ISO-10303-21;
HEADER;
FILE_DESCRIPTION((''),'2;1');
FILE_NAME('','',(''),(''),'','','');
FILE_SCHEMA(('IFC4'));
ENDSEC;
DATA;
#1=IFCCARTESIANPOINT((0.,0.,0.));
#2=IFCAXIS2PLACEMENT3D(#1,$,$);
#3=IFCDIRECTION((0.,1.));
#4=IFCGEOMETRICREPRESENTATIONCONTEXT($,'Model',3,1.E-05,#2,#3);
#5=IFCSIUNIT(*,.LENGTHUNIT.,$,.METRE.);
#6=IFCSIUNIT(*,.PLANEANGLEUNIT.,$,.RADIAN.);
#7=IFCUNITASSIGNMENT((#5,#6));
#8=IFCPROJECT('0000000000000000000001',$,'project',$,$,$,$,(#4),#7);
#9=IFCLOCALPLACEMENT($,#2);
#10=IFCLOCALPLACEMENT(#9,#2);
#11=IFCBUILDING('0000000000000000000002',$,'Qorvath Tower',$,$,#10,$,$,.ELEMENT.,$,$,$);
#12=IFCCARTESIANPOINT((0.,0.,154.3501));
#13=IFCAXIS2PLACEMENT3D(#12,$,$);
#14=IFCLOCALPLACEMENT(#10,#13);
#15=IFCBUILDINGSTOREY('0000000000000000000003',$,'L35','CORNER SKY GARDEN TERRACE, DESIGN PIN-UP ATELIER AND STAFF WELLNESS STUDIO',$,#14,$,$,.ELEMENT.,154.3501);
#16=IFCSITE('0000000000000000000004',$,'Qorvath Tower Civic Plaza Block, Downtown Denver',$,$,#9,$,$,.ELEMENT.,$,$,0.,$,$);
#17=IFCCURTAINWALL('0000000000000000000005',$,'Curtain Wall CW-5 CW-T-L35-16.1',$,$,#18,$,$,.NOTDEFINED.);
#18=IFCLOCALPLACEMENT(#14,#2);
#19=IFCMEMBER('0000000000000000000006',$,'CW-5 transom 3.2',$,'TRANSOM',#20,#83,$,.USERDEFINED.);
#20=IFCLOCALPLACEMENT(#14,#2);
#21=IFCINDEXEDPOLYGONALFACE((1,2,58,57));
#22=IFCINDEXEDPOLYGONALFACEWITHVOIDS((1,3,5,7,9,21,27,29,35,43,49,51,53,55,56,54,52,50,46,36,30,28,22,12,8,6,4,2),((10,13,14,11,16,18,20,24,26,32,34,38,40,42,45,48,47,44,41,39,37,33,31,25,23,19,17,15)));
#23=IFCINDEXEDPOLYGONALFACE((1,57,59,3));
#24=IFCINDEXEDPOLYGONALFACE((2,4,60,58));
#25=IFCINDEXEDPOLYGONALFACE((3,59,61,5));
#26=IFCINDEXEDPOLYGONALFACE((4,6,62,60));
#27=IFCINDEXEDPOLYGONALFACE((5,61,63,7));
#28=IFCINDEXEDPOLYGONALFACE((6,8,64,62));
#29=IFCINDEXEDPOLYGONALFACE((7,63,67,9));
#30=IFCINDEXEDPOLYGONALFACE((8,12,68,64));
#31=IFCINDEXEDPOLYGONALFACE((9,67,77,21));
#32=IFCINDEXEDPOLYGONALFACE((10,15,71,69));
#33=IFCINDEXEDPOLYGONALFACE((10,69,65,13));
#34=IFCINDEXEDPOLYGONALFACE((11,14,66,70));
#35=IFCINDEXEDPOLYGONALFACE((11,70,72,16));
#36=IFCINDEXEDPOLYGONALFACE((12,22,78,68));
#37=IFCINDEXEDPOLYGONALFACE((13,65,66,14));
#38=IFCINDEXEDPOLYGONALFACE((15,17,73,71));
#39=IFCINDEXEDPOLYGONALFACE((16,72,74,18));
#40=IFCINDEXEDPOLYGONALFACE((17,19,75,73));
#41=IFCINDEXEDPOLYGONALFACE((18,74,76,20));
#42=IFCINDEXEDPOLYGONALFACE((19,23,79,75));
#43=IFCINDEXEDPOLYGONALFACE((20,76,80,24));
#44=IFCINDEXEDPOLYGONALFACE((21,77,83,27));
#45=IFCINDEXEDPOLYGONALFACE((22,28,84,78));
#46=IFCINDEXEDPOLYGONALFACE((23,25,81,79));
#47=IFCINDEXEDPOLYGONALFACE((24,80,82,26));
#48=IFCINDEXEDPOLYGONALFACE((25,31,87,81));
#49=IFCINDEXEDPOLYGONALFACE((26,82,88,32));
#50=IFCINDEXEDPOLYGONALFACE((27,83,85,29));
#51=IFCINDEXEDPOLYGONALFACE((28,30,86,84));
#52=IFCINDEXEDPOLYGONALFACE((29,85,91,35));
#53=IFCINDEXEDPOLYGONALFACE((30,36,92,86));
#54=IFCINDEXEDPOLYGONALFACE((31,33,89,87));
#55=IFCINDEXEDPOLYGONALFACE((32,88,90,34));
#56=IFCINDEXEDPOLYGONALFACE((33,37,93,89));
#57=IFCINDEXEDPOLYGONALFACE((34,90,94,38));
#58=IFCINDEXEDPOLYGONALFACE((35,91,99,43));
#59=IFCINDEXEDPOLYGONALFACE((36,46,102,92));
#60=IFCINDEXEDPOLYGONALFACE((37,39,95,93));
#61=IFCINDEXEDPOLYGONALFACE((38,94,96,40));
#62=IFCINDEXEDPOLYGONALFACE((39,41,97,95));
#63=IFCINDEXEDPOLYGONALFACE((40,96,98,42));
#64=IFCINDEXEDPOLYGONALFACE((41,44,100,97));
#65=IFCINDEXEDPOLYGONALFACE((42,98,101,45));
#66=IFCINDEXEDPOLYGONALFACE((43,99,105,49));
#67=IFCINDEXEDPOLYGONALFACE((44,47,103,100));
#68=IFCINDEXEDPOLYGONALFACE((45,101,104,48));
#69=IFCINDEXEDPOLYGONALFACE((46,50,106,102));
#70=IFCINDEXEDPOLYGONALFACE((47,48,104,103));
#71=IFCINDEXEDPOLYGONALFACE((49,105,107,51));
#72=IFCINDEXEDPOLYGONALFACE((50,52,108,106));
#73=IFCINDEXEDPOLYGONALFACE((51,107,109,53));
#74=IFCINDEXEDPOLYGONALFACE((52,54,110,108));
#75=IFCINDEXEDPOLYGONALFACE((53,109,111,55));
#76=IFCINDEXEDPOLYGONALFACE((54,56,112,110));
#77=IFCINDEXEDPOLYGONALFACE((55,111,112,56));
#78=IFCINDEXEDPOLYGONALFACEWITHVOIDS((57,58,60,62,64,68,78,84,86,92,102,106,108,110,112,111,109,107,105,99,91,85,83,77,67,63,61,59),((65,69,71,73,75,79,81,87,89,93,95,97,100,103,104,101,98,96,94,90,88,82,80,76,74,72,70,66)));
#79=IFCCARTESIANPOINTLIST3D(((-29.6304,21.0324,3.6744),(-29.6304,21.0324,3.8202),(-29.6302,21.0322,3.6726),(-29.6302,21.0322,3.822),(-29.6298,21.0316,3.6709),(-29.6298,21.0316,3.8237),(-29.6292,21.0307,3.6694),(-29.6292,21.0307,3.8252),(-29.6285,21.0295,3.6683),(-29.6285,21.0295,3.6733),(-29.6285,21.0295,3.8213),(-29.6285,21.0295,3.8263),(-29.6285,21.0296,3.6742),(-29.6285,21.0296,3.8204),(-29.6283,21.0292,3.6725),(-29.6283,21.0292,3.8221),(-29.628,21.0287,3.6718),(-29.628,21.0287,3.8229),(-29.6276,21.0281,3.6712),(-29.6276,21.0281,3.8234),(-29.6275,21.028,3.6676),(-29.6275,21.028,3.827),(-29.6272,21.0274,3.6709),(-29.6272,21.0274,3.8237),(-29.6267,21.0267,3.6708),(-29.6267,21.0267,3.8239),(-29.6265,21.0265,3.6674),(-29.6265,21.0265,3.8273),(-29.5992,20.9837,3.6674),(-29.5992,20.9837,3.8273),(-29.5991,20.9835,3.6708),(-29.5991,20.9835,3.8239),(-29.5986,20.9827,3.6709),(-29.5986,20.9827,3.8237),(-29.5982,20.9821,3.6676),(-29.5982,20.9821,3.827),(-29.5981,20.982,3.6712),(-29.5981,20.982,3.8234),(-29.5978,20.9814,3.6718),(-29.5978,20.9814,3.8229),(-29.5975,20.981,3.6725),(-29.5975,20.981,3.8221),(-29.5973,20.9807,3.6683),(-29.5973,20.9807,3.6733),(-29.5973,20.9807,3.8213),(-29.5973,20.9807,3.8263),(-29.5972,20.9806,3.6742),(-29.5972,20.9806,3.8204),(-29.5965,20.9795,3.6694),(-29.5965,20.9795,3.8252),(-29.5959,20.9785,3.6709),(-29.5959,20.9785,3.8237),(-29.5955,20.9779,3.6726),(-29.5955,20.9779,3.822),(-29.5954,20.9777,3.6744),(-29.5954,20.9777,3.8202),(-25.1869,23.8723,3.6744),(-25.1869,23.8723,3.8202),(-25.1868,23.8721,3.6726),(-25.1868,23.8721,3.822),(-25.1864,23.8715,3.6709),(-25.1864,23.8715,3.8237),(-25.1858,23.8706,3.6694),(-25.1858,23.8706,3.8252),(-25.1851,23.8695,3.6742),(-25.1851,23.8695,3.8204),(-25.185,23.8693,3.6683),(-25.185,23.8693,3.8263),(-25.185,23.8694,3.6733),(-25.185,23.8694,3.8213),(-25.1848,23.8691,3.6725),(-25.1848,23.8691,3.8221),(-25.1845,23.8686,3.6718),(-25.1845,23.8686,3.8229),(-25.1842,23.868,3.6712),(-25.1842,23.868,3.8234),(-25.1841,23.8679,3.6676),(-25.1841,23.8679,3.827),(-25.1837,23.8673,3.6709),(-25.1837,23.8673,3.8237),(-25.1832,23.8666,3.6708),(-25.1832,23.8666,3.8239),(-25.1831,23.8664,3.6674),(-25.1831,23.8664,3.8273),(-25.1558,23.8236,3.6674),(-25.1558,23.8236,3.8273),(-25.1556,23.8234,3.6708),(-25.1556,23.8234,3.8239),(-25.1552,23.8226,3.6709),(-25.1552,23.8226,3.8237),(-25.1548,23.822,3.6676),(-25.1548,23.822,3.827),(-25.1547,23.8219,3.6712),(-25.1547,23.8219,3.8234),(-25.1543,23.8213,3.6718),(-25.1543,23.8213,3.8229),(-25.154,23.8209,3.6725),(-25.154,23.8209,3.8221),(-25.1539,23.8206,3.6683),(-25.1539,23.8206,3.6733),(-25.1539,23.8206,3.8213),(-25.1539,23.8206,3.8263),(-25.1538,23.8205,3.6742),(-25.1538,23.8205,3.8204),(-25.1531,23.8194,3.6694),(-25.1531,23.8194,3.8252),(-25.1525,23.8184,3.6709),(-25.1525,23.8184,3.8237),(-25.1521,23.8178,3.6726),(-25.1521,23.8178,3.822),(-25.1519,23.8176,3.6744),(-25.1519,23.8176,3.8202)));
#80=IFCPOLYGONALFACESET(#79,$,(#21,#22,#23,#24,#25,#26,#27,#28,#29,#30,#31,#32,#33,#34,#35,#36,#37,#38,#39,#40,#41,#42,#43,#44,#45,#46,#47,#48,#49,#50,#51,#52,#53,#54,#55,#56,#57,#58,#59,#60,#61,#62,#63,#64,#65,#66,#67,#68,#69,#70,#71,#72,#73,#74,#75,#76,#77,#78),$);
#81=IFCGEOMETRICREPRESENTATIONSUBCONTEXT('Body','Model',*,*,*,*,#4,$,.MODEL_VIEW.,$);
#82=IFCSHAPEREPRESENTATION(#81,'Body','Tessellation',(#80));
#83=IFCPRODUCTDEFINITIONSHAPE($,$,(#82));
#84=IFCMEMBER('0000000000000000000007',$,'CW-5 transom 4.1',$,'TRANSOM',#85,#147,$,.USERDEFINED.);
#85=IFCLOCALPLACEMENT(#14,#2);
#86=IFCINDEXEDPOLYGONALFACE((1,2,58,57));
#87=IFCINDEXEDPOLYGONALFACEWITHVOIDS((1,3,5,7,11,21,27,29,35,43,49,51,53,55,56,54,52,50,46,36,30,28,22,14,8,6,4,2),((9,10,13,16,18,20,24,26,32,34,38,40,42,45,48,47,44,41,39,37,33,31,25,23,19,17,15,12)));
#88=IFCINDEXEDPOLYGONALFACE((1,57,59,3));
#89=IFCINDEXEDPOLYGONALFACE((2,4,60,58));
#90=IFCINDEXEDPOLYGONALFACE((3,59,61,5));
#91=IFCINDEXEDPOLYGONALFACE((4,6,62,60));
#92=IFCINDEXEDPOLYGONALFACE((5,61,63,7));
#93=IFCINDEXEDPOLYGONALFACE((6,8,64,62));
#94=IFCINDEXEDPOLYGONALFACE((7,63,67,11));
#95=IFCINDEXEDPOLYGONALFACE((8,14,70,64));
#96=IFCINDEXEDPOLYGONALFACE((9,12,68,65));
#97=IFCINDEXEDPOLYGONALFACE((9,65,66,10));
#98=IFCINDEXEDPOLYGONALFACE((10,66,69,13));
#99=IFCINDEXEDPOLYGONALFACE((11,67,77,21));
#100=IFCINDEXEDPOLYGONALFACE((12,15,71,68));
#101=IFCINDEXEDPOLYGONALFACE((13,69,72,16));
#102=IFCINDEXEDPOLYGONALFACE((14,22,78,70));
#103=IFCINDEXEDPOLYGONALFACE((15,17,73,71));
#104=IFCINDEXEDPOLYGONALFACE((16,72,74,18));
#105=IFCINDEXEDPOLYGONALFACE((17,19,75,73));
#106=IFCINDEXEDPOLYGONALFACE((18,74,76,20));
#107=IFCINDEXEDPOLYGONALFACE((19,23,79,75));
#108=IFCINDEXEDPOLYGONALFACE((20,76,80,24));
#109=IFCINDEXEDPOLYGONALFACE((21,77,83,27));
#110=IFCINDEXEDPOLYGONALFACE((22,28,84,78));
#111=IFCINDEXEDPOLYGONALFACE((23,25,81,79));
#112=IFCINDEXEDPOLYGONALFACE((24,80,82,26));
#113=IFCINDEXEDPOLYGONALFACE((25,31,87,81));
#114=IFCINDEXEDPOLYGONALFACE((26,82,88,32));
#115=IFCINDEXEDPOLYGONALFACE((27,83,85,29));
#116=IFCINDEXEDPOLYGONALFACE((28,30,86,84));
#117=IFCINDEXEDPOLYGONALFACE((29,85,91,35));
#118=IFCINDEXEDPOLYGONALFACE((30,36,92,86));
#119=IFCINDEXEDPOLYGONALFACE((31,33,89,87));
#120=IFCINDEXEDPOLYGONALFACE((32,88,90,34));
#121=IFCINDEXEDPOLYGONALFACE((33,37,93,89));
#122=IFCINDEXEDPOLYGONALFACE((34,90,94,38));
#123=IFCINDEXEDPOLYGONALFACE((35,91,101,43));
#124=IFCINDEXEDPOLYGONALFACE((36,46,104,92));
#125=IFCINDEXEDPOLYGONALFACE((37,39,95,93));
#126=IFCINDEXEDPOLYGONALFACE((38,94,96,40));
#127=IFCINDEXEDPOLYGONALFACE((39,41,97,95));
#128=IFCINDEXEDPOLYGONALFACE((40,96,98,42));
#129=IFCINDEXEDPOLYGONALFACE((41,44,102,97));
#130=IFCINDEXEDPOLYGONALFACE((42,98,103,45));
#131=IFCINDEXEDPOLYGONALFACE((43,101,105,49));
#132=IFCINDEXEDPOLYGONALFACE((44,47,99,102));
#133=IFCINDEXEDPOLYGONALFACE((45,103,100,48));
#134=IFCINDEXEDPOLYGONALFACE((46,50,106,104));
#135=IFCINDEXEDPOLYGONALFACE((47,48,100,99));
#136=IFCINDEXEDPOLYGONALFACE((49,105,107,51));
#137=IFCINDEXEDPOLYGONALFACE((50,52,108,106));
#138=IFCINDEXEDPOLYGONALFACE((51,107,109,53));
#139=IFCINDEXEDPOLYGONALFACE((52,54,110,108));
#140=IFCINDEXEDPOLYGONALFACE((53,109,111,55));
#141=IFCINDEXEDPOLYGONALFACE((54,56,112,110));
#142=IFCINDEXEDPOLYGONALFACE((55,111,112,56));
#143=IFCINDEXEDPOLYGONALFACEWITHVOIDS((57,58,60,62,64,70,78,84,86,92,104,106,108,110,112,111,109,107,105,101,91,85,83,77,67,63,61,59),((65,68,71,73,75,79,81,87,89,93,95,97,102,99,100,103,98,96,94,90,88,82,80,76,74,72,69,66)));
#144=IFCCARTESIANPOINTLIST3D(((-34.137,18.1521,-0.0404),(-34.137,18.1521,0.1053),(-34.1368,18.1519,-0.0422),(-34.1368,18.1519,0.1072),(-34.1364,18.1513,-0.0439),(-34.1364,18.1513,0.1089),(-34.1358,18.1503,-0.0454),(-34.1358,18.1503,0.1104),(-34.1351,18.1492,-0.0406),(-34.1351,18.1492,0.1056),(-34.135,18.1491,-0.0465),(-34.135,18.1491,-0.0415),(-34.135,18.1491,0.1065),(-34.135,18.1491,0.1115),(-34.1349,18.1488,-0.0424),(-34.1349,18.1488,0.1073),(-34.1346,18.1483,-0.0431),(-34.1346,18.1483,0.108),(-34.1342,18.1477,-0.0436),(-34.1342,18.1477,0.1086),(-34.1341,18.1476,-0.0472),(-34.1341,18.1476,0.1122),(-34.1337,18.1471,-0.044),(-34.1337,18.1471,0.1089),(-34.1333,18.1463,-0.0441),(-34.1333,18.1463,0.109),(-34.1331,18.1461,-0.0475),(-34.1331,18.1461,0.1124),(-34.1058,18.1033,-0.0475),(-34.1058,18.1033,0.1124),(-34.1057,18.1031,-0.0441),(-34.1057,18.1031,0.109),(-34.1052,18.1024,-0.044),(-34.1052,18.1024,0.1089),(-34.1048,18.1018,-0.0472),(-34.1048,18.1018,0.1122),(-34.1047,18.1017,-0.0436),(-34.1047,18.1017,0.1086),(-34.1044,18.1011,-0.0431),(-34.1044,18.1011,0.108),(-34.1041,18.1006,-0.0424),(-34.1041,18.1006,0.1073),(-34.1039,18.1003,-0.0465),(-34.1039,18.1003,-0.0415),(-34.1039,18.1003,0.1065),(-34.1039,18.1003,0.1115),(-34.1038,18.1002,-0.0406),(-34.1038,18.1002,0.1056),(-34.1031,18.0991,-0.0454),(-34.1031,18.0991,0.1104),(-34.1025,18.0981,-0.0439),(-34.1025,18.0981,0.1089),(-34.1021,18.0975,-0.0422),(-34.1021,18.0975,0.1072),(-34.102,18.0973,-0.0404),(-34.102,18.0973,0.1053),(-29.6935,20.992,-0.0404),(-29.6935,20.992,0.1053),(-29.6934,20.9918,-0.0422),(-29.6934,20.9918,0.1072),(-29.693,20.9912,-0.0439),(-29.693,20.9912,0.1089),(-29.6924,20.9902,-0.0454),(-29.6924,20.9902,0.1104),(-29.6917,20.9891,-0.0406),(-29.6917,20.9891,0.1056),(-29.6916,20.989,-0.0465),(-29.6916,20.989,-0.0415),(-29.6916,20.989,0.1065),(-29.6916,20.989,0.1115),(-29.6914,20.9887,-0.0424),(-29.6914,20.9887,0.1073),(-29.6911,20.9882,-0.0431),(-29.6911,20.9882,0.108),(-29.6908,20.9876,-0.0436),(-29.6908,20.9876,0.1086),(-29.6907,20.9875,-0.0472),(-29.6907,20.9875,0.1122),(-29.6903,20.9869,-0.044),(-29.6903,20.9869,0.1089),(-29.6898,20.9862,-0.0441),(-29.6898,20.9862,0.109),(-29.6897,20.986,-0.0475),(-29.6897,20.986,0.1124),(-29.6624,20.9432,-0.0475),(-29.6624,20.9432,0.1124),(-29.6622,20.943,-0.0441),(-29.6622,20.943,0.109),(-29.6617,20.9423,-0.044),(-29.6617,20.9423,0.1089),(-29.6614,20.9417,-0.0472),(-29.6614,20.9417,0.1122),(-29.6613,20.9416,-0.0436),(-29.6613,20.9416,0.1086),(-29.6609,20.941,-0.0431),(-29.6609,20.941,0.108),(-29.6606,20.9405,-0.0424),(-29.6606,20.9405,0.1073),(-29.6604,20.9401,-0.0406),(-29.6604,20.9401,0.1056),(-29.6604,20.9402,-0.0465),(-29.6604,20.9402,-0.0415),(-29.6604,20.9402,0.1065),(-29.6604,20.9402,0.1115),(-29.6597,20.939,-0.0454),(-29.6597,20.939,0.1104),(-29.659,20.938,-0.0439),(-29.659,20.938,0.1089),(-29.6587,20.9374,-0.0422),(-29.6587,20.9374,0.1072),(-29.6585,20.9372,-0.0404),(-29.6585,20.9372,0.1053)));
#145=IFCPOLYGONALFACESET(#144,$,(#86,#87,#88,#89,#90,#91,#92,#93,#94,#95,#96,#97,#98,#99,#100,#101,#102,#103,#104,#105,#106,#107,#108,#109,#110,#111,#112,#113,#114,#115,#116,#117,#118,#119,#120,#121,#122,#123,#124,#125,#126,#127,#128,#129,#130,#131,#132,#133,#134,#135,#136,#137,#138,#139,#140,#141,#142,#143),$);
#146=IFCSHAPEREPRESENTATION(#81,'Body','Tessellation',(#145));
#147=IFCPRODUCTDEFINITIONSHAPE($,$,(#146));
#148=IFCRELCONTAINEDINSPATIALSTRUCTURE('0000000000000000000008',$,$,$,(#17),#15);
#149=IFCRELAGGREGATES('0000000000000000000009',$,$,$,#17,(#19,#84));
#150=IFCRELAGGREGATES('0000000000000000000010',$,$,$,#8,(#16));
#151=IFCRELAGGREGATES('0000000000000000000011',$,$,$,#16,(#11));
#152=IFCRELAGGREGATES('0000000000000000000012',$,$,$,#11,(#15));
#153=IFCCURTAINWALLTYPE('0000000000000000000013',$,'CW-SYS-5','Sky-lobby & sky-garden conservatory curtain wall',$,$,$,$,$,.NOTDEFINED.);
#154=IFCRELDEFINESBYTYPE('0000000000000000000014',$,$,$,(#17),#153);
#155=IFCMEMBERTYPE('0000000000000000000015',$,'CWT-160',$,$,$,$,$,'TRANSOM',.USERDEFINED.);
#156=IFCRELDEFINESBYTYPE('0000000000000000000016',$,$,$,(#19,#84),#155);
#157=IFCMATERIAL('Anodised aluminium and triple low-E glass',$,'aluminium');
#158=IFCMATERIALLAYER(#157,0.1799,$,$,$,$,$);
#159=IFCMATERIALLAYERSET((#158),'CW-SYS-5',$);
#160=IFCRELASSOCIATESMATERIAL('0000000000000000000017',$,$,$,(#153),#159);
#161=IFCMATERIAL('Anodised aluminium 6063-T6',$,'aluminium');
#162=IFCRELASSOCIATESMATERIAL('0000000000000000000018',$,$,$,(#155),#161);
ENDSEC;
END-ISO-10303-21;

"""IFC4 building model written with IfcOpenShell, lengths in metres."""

from ifc_helpers import new_model, si_unit, direction, frame, origin, origin_2d, place, context, subcontext, project, spatial, hollow_rectangle, extrude, material, layer, layer_set, material_profile, profile_set, type_object, element, aggregate, save


model = new_model("IFC4")

# Units and contexts
model_context = context("Model", 3, precision=1e-05, world=origin(), true_north=direction((0.0, 1.0)))
body_context = subcontext(model_context, "Body", "Model", "MODEL_VIEW")
ifc_project = project(units=[si_unit("LENGTHUNIT", "METRE"), si_unit("PLANEANGLEUNIT", "RADIAN")], contexts=[model_context])

# Site, building, storey
site_placement = place(None, origin())
site = spatial("IfcSite", under=ifc_project, at=site_placement, Name="Qorvath Tower Civic Plaza Block, Downtown Denver", CompositionType="ELEMENT", RefElevation=0.0)
building_placement = place(site_placement, origin())
building = spatial("IfcBuilding", under=site, at=building_placement, Name="Qorvath Tower", CompositionType="ELEMENT")
storey_placement = place(building_placement, frame((0.0, 0.0, 154.3501)))
storey = spatial("IfcBuildingStorey", under=building, at=storey_placement, Name="L35", Description="CORNER SKY GARDEN TERRACE, DESIGN PIN-UP ATELIER AND STAFF WELLNESS STUDIO", CompositionType="ELEMENT", Elevation=154.3501)

# Curtain wall, members
ifc_material_1 = material(Name="Anodised aluminium and triple low-E glass", Category="aluminium")
ifc_layer_1 = layer(ifc_material_1, 0.1799)
ifc_layer_set_1 = layer_set([ifc_layer_1], Name="CW-SYS-5")
curtain_wall_type = type_object("IfcCurtainWallType", Name="CW-SYS-5", Description="Sky-lobby & sky-garden conservatory curtain wall", PredefinedType="NOTDEFINED", material=ifc_layer_set_1)
curtain_wall_placement = place(storey_placement, origin())
curtain_wall = element("IfcCurtainWall", 1, at=curtain_wall_placement, inside=storey, type_object=curtain_wall_type, Name="Curtain Wall CW-5 CW-T-L35-16.1", PredefinedType="NOTDEFINED")
ifc_material_2 = material(Name="Anodised aluminium 6063-T6", Category="aluminium")
ifc_material_profile_1 = material_profile(ifc_material_2, hollow_rectangle(XDim=0.0649, YDim=0.1599, WallThickness=0.0034, InnerFilletRadius=0.0034, OuterFilletRadius=0.0071, at=origin_2d()), Name="CWT 160x65")
ifc_profile_set_1 = profile_set([ifc_material_profile_1], Name="Anodised aluminium 6063-T6")
member_type_1 = type_object("IfcMemberType", Name="CWT-160", ElementType="TRANSOM", PredefinedType="USERDEFINED", material=ifc_profile_set_1)
member_1_placement = place(storey_placement, frame((-25.1694, 23.845, 3.7473), z_axis=(-0.842608, -0.538528, 0.0), x_axis=(0.538528, -0.842608, 0.0)))
member_1 = element("IfcMember", 2, at=member_1_placement, type_object=member_type_1, Name="CW-5 transom 3.2", ObjectType="TRANSOM", PredefinedType="USERDEFINED", context=body_context, shape_type="SweptSolid", body=[
    extrude(hollow_rectangle(XDim=0.0649, YDim=0.1599, WallThickness=0.0034, InnerFilletRadius=0.0034, OuterFilletRadius=0.0071, at=origin_2d()), origin(), (0.0, 0.0, 1.0), 5.2734),
])
member_2_placement = place(storey_placement, frame((-29.676, 20.9646, 0.0325), z_axis=(-0.842608, -0.538528, 0.0), x_axis=(0.538528, -0.842608, 0.0)))
member_2 = element("IfcMember", 3, at=member_2_placement, type_object=member_type_1, Name="CW-5 transom 4.1", ObjectType="TRANSOM", PredefinedType="USERDEFINED", context=body_context, shape_type="SweptSolid", body=[
    extrude(hollow_rectangle(XDim=0.0649, YDim=0.1599, WallThickness=0.0034, InnerFilletRadius=0.0034, OuterFilletRadius=0.0071, at=origin_2d()), origin(), (0.0, 0.0, 1.0), 5.2734),
])
aggregate(curtain_wall, [member_1, member_2])

save(model, "model.ifc")
